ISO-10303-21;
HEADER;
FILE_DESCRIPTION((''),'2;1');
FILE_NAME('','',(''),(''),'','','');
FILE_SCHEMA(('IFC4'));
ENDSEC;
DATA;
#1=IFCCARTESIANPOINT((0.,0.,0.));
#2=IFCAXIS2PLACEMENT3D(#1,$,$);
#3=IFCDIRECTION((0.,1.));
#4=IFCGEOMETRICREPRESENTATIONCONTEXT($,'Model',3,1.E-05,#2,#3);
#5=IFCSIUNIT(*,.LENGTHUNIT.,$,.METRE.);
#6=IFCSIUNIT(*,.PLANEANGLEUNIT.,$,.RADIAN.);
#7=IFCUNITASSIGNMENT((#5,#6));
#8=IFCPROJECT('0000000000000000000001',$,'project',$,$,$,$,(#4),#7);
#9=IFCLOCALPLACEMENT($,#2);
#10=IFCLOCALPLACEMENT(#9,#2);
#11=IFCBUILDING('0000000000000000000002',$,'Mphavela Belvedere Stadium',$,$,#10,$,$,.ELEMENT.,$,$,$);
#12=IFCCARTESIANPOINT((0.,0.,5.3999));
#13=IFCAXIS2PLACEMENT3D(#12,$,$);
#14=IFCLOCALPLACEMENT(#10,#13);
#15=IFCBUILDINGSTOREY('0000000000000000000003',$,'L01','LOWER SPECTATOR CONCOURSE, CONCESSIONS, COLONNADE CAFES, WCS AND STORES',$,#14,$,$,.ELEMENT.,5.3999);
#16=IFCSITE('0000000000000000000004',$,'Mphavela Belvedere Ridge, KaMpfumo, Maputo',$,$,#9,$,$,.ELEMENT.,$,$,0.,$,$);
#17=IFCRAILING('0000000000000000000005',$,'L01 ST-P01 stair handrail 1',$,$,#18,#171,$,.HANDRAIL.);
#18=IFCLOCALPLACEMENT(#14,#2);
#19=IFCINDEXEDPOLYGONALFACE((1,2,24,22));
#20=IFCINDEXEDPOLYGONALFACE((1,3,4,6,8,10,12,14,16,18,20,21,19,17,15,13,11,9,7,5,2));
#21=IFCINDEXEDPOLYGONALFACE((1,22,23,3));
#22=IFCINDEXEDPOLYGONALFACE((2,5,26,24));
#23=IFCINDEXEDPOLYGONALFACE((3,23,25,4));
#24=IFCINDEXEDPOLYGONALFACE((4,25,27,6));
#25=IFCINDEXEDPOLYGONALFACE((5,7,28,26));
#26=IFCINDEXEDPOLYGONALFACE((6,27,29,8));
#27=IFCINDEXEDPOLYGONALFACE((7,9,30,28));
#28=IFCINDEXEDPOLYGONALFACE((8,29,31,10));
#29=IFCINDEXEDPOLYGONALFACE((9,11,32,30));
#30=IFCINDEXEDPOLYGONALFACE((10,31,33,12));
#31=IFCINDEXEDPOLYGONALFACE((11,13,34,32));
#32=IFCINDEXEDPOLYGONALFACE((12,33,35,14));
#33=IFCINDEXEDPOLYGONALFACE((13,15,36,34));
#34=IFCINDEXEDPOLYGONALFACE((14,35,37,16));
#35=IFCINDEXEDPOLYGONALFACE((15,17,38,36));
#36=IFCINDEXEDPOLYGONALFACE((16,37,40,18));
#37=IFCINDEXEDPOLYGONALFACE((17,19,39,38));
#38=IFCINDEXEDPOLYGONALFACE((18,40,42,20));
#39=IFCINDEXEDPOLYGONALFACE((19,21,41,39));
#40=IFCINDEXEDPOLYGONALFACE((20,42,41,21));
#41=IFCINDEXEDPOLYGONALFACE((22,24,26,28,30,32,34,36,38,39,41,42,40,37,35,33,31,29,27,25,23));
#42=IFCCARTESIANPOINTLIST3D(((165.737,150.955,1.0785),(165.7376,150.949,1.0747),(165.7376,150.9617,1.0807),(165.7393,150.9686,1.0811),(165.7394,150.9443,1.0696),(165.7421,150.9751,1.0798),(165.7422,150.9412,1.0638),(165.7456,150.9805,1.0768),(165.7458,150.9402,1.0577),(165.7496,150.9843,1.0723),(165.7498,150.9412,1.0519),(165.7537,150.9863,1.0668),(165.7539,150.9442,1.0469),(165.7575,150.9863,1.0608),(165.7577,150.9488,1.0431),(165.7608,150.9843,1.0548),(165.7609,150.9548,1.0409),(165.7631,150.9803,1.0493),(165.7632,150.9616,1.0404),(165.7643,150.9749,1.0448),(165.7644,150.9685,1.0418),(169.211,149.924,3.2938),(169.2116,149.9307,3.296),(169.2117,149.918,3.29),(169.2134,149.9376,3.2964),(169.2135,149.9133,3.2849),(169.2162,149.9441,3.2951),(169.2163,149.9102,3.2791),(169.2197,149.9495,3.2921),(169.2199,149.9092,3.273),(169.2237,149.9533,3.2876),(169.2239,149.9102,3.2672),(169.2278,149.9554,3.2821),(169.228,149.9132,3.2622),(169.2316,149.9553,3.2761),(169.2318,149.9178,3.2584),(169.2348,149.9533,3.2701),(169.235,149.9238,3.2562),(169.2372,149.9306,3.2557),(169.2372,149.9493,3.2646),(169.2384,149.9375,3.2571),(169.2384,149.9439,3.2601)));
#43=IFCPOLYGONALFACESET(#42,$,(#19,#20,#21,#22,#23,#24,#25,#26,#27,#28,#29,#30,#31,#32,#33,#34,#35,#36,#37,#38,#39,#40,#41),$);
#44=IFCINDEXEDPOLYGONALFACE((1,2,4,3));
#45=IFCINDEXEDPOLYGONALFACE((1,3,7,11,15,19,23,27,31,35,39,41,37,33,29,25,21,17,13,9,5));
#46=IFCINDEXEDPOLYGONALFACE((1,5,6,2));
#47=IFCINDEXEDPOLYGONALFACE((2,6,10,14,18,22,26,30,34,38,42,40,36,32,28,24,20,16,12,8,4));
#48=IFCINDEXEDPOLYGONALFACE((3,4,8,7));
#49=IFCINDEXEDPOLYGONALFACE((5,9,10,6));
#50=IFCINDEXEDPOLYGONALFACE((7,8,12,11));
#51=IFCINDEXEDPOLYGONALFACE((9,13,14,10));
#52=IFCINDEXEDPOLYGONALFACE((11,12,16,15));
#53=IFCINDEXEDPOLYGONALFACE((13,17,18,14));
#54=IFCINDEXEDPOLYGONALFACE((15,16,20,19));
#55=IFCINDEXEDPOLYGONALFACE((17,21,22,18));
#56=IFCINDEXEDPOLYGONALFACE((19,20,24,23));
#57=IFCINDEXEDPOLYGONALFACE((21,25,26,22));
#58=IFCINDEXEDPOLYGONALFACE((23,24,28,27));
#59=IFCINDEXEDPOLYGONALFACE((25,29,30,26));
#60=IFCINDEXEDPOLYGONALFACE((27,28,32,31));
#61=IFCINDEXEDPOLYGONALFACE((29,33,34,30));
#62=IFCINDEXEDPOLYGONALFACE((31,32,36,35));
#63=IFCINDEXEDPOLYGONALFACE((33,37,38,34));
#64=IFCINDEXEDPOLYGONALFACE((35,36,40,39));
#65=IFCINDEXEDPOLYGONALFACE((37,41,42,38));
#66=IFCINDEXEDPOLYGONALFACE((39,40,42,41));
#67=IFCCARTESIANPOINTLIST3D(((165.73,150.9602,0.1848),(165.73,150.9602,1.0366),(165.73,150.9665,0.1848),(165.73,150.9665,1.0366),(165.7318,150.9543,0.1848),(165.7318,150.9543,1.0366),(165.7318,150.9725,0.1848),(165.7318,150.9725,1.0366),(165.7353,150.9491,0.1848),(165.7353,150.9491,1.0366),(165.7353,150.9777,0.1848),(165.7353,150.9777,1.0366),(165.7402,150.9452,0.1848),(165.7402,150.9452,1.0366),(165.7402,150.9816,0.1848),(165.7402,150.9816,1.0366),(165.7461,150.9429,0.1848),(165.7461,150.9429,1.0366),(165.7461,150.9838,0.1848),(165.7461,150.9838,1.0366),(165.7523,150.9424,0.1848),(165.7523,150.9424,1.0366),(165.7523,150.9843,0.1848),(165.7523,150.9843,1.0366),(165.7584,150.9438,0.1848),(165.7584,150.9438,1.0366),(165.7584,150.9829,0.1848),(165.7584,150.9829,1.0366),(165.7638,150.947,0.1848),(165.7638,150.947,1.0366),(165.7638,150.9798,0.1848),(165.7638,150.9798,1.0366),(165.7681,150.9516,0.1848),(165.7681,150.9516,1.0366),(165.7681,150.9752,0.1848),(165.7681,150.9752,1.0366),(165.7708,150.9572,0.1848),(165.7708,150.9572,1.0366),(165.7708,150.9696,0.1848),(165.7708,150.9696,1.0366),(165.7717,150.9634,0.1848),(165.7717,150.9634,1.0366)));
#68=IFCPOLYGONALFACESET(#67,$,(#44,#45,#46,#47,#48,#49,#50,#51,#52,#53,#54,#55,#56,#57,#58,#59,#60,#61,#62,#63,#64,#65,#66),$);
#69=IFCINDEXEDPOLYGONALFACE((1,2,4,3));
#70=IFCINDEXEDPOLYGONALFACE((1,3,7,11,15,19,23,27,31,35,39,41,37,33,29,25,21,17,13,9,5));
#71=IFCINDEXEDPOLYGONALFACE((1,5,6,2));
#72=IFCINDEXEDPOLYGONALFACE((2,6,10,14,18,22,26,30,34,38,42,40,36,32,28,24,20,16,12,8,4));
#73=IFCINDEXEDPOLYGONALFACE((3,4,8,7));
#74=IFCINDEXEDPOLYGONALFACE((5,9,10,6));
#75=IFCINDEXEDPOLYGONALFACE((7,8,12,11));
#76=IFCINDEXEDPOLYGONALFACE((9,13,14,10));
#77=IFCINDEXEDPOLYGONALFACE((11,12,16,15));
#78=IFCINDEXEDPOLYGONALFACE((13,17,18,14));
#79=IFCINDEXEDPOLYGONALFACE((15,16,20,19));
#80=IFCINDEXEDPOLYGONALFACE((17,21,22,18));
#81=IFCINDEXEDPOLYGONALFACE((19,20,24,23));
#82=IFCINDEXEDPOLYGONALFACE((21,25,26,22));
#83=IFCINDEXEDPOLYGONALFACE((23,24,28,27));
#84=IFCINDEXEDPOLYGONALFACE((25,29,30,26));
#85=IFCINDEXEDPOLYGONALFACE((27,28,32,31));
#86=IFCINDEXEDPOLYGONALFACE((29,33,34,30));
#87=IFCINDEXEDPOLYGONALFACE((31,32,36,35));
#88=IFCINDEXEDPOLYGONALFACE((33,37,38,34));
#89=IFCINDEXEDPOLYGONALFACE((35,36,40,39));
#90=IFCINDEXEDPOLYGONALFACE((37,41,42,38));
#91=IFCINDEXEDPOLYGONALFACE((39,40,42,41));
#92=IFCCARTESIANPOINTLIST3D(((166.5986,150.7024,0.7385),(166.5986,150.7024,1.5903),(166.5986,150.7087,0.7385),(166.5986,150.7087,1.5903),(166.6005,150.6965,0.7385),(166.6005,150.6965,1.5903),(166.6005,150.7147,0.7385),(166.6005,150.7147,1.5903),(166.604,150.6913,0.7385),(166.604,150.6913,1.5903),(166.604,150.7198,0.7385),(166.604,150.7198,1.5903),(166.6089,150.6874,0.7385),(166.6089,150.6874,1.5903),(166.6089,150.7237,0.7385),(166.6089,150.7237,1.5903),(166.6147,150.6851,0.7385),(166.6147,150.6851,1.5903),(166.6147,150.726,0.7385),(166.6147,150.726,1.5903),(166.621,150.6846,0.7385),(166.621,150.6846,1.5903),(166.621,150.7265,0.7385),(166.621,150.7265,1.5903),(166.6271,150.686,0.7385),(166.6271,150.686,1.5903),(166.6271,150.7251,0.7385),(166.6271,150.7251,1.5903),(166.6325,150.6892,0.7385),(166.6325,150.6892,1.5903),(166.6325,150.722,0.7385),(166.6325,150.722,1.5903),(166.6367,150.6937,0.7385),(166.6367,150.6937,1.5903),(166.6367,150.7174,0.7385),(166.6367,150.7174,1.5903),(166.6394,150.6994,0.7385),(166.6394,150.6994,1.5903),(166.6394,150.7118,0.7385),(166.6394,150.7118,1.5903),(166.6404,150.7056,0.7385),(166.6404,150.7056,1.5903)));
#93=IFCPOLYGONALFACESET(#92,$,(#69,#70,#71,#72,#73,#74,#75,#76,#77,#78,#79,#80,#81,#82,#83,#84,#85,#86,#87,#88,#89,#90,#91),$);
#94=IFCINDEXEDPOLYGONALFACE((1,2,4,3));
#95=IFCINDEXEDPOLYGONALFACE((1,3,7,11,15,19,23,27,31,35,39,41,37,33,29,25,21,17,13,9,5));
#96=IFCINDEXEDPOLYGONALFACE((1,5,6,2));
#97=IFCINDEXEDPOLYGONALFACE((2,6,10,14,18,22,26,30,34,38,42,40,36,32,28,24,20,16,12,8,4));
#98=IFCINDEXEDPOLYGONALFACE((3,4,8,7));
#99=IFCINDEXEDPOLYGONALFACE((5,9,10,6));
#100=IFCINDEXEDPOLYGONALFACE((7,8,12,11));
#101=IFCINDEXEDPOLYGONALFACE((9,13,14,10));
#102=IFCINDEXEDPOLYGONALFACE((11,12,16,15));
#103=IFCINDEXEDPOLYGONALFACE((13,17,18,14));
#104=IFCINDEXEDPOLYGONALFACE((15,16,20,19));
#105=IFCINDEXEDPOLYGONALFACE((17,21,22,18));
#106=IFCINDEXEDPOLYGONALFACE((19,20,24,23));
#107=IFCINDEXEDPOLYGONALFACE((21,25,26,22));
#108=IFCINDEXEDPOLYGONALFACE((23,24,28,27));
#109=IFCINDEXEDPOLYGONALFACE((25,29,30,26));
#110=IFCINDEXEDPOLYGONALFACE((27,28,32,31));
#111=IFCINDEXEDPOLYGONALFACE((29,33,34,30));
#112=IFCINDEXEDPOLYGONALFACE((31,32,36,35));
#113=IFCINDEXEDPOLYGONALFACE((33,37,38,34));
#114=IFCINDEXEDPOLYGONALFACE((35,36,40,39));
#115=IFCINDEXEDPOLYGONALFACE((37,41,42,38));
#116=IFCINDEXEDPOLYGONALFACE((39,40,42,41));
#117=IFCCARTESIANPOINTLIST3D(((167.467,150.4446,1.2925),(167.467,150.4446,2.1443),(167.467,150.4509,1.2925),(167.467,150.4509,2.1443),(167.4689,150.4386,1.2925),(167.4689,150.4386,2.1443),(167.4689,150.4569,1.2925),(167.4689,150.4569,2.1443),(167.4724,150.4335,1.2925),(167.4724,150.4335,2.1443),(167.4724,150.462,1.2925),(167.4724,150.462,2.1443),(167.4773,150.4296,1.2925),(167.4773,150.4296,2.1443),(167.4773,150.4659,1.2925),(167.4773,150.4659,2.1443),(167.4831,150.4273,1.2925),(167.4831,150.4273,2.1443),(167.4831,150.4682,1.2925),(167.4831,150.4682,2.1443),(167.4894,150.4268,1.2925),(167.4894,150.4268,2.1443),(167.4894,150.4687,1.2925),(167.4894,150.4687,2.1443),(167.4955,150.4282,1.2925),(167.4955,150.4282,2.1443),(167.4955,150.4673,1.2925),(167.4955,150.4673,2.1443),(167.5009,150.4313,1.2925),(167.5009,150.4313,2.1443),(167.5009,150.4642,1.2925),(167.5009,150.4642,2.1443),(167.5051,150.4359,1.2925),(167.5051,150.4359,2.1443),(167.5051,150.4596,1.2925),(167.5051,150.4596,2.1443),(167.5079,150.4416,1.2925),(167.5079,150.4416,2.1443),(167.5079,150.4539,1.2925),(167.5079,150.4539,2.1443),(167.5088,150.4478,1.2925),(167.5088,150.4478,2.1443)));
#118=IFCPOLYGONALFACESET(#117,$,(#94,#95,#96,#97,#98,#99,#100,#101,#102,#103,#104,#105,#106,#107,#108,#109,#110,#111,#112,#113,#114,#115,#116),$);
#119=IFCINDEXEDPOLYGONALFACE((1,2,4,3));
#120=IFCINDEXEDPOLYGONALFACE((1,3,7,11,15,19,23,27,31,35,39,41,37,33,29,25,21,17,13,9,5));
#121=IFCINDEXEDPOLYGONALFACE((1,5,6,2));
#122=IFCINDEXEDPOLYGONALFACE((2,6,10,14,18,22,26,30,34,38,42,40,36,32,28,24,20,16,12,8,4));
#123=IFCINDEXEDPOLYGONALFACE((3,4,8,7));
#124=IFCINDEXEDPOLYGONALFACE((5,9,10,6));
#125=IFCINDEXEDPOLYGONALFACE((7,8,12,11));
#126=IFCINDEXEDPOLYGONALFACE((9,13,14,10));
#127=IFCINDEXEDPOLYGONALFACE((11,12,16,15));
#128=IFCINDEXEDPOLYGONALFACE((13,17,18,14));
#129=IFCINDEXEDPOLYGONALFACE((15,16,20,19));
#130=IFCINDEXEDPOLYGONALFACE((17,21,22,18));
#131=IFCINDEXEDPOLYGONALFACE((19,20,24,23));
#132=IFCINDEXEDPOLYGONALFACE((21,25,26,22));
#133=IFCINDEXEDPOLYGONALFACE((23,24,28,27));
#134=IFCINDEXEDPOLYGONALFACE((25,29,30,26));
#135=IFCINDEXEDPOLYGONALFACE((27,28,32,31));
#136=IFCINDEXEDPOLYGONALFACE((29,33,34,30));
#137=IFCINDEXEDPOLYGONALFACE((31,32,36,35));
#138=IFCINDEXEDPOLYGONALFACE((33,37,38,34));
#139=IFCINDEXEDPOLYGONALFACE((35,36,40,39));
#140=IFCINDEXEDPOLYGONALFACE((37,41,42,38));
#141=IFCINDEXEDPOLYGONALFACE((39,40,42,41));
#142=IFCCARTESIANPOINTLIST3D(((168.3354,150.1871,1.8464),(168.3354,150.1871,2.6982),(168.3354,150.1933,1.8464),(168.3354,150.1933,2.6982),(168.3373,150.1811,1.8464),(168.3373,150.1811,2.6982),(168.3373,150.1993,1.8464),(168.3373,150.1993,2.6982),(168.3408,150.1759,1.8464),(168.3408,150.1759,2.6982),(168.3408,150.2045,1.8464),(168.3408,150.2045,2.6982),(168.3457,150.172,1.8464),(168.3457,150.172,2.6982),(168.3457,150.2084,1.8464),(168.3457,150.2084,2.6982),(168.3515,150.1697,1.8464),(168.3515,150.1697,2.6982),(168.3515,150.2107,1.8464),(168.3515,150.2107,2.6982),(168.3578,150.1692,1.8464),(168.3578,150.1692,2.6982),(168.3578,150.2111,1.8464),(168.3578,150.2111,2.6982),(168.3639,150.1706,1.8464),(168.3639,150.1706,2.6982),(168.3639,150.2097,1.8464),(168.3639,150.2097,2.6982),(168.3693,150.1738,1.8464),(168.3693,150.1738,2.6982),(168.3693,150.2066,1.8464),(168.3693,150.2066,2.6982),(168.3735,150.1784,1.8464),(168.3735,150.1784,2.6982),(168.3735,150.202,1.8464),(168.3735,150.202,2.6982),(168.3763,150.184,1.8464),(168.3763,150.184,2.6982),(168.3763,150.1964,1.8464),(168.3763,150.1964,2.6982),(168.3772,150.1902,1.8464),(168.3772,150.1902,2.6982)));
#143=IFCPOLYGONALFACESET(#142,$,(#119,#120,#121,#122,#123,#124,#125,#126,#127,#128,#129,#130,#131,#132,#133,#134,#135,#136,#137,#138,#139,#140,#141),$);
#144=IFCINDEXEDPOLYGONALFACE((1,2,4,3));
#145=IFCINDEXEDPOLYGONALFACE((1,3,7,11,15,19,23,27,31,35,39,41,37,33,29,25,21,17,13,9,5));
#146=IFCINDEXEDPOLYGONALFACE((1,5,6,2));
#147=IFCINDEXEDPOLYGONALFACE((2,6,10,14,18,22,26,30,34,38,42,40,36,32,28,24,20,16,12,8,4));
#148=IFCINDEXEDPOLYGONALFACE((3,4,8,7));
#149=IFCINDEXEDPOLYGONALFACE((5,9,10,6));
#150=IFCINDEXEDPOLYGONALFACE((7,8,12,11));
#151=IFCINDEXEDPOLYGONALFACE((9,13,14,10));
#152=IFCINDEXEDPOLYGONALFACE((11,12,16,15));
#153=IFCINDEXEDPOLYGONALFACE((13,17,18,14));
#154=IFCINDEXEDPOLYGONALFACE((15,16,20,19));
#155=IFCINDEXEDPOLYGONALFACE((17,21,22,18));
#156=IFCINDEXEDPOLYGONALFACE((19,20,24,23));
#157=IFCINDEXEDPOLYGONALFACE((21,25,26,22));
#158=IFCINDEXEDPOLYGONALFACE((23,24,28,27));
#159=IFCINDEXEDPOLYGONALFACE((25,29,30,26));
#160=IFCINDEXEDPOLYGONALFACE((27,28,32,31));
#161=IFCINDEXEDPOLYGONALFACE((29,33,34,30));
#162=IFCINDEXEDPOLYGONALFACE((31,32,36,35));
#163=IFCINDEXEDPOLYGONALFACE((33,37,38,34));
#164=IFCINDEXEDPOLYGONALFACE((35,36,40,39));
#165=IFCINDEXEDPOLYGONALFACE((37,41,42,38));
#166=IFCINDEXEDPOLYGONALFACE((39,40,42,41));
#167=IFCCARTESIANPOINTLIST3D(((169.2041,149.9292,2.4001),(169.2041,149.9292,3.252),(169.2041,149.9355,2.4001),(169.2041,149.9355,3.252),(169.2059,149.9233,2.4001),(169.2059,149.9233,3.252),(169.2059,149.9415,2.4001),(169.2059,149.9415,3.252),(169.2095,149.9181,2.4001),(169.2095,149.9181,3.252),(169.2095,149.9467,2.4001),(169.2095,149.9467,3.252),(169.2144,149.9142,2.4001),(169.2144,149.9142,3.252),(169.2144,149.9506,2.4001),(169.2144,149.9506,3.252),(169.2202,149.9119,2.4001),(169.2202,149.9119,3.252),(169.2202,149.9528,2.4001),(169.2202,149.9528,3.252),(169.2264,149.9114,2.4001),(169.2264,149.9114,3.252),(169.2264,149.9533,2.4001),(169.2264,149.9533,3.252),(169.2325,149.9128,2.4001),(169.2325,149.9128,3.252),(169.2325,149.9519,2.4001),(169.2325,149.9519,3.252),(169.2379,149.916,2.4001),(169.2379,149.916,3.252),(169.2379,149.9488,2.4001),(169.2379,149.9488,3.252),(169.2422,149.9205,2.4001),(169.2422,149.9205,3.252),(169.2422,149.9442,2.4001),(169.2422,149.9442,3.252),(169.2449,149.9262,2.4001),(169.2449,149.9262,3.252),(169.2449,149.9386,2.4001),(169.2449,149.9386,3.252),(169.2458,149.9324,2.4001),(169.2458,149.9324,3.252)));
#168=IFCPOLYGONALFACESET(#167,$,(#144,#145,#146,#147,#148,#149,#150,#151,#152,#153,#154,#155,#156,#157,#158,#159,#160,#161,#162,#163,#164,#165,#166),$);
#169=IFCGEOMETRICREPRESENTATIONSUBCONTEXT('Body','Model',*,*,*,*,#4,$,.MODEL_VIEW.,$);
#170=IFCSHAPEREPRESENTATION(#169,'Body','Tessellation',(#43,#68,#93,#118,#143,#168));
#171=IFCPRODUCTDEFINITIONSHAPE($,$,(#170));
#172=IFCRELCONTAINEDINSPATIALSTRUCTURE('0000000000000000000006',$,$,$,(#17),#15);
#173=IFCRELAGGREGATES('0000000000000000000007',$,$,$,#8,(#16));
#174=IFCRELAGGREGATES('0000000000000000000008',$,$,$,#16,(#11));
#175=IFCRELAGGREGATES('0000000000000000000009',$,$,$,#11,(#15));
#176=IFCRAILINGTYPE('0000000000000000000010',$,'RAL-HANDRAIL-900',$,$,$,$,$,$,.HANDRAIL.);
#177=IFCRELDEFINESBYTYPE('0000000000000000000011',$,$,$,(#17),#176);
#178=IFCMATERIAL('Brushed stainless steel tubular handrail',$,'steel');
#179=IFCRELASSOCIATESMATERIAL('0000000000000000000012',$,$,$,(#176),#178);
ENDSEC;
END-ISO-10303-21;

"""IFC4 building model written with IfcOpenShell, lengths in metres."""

from ifc_helpers import new_model, si_unit, direction, frame, origin, origin_2d, place, context, subcontext, project, spatial, circle, extrude, material, type_object, element, save


model = new_model("IFC4")

# Units and contexts
model_context = context("Model", 3, precision=1e-05, world=origin(), true_north=direction((0.0, 1.0)))
body_context = subcontext(model_context, "Body", "Model", "MODEL_VIEW")
ifc_project = project(units=[si_unit("LENGTHUNIT", "METRE"), si_unit("PLANEANGLEUNIT", "RADIAN")], contexts=[model_context])

# Site, building, storey
site_placement = place(None, origin())
site = spatial("IfcSite", under=ifc_project, at=site_placement, Name="Mphavela Belvedere Ridge, KaMpfumo, Maputo", CompositionType="ELEMENT", RefElevation=0.0)
building_placement = place(site_placement, origin())
building = spatial("IfcBuilding", under=site, at=building_placement, Name="Mphavela Belvedere Stadium", CompositionType="ELEMENT")
storey_placement = place(building_placement, frame((0.0, 0.0, 5.3999)))
storey = spatial("IfcBuildingStorey", under=building, at=storey_placement, Name="L01", Description="LOWER SPECTATOR CONCOURSE, CONCESSIONS, COLONNADE CAFES, WCS AND STORES", CompositionType="ELEMENT", Elevation=5.3999)

# Railing
ifc_material_1 = material(Name="Brushed stainless steel tubular handrail", Category="steel")
railing_type = type_object("IfcRailingType", Name="RAL-HANDRAIL-900", PredefinedType="HANDRAIL", material=ifc_material_1)
railing_placement = place(storey_placement, frame((165.7507, 150.9634, 0.1848)))
element("IfcRailing", 1, at=railing_placement, inside=storey, type_object=railing_type, Name="L01 ST-P01 stair handrail 1", PredefinedType="HANDRAIL", context=body_context, shape_type="SweptSolid", body=[
    extrude(circle(Radius=0.0239, at=origin_2d()), frame((0.0, 0.0, 0.876), z_axis=(0.817946, -0.24274, 0.521577), x_axis=(0.284503, 0.958675, 0.0)), (0.0, 0.0, 1.0), 4.2473),
    extrude(circle(Radius=0.021, at=origin_2d()), origin(), (0.0, 0.0, 1.0), 0.8518),
    extrude(circle(Radius=0.021, at=origin_2d()), frame((0.8687, -0.2578, 0.5537)), (0.0, 0.0, 1.0), 0.8518),
    extrude(circle(Radius=0.021, at=origin_2d()), frame((1.7371, -0.5156, 1.1077)), (0.0, 0.0, 1.0), 0.8518),
    extrude(circle(Radius=0.021, at=origin_2d()), frame((2.6055, -0.7732, 1.6616)), (0.0, 0.0, 1.0), 0.8518),
    extrude(circle(Radius=0.021, at=origin_2d()), frame((3.4741, -1.031, 2.2153)), (0.0, 0.0, 1.0), 0.8518),
])

save(model, "model.ifc")
